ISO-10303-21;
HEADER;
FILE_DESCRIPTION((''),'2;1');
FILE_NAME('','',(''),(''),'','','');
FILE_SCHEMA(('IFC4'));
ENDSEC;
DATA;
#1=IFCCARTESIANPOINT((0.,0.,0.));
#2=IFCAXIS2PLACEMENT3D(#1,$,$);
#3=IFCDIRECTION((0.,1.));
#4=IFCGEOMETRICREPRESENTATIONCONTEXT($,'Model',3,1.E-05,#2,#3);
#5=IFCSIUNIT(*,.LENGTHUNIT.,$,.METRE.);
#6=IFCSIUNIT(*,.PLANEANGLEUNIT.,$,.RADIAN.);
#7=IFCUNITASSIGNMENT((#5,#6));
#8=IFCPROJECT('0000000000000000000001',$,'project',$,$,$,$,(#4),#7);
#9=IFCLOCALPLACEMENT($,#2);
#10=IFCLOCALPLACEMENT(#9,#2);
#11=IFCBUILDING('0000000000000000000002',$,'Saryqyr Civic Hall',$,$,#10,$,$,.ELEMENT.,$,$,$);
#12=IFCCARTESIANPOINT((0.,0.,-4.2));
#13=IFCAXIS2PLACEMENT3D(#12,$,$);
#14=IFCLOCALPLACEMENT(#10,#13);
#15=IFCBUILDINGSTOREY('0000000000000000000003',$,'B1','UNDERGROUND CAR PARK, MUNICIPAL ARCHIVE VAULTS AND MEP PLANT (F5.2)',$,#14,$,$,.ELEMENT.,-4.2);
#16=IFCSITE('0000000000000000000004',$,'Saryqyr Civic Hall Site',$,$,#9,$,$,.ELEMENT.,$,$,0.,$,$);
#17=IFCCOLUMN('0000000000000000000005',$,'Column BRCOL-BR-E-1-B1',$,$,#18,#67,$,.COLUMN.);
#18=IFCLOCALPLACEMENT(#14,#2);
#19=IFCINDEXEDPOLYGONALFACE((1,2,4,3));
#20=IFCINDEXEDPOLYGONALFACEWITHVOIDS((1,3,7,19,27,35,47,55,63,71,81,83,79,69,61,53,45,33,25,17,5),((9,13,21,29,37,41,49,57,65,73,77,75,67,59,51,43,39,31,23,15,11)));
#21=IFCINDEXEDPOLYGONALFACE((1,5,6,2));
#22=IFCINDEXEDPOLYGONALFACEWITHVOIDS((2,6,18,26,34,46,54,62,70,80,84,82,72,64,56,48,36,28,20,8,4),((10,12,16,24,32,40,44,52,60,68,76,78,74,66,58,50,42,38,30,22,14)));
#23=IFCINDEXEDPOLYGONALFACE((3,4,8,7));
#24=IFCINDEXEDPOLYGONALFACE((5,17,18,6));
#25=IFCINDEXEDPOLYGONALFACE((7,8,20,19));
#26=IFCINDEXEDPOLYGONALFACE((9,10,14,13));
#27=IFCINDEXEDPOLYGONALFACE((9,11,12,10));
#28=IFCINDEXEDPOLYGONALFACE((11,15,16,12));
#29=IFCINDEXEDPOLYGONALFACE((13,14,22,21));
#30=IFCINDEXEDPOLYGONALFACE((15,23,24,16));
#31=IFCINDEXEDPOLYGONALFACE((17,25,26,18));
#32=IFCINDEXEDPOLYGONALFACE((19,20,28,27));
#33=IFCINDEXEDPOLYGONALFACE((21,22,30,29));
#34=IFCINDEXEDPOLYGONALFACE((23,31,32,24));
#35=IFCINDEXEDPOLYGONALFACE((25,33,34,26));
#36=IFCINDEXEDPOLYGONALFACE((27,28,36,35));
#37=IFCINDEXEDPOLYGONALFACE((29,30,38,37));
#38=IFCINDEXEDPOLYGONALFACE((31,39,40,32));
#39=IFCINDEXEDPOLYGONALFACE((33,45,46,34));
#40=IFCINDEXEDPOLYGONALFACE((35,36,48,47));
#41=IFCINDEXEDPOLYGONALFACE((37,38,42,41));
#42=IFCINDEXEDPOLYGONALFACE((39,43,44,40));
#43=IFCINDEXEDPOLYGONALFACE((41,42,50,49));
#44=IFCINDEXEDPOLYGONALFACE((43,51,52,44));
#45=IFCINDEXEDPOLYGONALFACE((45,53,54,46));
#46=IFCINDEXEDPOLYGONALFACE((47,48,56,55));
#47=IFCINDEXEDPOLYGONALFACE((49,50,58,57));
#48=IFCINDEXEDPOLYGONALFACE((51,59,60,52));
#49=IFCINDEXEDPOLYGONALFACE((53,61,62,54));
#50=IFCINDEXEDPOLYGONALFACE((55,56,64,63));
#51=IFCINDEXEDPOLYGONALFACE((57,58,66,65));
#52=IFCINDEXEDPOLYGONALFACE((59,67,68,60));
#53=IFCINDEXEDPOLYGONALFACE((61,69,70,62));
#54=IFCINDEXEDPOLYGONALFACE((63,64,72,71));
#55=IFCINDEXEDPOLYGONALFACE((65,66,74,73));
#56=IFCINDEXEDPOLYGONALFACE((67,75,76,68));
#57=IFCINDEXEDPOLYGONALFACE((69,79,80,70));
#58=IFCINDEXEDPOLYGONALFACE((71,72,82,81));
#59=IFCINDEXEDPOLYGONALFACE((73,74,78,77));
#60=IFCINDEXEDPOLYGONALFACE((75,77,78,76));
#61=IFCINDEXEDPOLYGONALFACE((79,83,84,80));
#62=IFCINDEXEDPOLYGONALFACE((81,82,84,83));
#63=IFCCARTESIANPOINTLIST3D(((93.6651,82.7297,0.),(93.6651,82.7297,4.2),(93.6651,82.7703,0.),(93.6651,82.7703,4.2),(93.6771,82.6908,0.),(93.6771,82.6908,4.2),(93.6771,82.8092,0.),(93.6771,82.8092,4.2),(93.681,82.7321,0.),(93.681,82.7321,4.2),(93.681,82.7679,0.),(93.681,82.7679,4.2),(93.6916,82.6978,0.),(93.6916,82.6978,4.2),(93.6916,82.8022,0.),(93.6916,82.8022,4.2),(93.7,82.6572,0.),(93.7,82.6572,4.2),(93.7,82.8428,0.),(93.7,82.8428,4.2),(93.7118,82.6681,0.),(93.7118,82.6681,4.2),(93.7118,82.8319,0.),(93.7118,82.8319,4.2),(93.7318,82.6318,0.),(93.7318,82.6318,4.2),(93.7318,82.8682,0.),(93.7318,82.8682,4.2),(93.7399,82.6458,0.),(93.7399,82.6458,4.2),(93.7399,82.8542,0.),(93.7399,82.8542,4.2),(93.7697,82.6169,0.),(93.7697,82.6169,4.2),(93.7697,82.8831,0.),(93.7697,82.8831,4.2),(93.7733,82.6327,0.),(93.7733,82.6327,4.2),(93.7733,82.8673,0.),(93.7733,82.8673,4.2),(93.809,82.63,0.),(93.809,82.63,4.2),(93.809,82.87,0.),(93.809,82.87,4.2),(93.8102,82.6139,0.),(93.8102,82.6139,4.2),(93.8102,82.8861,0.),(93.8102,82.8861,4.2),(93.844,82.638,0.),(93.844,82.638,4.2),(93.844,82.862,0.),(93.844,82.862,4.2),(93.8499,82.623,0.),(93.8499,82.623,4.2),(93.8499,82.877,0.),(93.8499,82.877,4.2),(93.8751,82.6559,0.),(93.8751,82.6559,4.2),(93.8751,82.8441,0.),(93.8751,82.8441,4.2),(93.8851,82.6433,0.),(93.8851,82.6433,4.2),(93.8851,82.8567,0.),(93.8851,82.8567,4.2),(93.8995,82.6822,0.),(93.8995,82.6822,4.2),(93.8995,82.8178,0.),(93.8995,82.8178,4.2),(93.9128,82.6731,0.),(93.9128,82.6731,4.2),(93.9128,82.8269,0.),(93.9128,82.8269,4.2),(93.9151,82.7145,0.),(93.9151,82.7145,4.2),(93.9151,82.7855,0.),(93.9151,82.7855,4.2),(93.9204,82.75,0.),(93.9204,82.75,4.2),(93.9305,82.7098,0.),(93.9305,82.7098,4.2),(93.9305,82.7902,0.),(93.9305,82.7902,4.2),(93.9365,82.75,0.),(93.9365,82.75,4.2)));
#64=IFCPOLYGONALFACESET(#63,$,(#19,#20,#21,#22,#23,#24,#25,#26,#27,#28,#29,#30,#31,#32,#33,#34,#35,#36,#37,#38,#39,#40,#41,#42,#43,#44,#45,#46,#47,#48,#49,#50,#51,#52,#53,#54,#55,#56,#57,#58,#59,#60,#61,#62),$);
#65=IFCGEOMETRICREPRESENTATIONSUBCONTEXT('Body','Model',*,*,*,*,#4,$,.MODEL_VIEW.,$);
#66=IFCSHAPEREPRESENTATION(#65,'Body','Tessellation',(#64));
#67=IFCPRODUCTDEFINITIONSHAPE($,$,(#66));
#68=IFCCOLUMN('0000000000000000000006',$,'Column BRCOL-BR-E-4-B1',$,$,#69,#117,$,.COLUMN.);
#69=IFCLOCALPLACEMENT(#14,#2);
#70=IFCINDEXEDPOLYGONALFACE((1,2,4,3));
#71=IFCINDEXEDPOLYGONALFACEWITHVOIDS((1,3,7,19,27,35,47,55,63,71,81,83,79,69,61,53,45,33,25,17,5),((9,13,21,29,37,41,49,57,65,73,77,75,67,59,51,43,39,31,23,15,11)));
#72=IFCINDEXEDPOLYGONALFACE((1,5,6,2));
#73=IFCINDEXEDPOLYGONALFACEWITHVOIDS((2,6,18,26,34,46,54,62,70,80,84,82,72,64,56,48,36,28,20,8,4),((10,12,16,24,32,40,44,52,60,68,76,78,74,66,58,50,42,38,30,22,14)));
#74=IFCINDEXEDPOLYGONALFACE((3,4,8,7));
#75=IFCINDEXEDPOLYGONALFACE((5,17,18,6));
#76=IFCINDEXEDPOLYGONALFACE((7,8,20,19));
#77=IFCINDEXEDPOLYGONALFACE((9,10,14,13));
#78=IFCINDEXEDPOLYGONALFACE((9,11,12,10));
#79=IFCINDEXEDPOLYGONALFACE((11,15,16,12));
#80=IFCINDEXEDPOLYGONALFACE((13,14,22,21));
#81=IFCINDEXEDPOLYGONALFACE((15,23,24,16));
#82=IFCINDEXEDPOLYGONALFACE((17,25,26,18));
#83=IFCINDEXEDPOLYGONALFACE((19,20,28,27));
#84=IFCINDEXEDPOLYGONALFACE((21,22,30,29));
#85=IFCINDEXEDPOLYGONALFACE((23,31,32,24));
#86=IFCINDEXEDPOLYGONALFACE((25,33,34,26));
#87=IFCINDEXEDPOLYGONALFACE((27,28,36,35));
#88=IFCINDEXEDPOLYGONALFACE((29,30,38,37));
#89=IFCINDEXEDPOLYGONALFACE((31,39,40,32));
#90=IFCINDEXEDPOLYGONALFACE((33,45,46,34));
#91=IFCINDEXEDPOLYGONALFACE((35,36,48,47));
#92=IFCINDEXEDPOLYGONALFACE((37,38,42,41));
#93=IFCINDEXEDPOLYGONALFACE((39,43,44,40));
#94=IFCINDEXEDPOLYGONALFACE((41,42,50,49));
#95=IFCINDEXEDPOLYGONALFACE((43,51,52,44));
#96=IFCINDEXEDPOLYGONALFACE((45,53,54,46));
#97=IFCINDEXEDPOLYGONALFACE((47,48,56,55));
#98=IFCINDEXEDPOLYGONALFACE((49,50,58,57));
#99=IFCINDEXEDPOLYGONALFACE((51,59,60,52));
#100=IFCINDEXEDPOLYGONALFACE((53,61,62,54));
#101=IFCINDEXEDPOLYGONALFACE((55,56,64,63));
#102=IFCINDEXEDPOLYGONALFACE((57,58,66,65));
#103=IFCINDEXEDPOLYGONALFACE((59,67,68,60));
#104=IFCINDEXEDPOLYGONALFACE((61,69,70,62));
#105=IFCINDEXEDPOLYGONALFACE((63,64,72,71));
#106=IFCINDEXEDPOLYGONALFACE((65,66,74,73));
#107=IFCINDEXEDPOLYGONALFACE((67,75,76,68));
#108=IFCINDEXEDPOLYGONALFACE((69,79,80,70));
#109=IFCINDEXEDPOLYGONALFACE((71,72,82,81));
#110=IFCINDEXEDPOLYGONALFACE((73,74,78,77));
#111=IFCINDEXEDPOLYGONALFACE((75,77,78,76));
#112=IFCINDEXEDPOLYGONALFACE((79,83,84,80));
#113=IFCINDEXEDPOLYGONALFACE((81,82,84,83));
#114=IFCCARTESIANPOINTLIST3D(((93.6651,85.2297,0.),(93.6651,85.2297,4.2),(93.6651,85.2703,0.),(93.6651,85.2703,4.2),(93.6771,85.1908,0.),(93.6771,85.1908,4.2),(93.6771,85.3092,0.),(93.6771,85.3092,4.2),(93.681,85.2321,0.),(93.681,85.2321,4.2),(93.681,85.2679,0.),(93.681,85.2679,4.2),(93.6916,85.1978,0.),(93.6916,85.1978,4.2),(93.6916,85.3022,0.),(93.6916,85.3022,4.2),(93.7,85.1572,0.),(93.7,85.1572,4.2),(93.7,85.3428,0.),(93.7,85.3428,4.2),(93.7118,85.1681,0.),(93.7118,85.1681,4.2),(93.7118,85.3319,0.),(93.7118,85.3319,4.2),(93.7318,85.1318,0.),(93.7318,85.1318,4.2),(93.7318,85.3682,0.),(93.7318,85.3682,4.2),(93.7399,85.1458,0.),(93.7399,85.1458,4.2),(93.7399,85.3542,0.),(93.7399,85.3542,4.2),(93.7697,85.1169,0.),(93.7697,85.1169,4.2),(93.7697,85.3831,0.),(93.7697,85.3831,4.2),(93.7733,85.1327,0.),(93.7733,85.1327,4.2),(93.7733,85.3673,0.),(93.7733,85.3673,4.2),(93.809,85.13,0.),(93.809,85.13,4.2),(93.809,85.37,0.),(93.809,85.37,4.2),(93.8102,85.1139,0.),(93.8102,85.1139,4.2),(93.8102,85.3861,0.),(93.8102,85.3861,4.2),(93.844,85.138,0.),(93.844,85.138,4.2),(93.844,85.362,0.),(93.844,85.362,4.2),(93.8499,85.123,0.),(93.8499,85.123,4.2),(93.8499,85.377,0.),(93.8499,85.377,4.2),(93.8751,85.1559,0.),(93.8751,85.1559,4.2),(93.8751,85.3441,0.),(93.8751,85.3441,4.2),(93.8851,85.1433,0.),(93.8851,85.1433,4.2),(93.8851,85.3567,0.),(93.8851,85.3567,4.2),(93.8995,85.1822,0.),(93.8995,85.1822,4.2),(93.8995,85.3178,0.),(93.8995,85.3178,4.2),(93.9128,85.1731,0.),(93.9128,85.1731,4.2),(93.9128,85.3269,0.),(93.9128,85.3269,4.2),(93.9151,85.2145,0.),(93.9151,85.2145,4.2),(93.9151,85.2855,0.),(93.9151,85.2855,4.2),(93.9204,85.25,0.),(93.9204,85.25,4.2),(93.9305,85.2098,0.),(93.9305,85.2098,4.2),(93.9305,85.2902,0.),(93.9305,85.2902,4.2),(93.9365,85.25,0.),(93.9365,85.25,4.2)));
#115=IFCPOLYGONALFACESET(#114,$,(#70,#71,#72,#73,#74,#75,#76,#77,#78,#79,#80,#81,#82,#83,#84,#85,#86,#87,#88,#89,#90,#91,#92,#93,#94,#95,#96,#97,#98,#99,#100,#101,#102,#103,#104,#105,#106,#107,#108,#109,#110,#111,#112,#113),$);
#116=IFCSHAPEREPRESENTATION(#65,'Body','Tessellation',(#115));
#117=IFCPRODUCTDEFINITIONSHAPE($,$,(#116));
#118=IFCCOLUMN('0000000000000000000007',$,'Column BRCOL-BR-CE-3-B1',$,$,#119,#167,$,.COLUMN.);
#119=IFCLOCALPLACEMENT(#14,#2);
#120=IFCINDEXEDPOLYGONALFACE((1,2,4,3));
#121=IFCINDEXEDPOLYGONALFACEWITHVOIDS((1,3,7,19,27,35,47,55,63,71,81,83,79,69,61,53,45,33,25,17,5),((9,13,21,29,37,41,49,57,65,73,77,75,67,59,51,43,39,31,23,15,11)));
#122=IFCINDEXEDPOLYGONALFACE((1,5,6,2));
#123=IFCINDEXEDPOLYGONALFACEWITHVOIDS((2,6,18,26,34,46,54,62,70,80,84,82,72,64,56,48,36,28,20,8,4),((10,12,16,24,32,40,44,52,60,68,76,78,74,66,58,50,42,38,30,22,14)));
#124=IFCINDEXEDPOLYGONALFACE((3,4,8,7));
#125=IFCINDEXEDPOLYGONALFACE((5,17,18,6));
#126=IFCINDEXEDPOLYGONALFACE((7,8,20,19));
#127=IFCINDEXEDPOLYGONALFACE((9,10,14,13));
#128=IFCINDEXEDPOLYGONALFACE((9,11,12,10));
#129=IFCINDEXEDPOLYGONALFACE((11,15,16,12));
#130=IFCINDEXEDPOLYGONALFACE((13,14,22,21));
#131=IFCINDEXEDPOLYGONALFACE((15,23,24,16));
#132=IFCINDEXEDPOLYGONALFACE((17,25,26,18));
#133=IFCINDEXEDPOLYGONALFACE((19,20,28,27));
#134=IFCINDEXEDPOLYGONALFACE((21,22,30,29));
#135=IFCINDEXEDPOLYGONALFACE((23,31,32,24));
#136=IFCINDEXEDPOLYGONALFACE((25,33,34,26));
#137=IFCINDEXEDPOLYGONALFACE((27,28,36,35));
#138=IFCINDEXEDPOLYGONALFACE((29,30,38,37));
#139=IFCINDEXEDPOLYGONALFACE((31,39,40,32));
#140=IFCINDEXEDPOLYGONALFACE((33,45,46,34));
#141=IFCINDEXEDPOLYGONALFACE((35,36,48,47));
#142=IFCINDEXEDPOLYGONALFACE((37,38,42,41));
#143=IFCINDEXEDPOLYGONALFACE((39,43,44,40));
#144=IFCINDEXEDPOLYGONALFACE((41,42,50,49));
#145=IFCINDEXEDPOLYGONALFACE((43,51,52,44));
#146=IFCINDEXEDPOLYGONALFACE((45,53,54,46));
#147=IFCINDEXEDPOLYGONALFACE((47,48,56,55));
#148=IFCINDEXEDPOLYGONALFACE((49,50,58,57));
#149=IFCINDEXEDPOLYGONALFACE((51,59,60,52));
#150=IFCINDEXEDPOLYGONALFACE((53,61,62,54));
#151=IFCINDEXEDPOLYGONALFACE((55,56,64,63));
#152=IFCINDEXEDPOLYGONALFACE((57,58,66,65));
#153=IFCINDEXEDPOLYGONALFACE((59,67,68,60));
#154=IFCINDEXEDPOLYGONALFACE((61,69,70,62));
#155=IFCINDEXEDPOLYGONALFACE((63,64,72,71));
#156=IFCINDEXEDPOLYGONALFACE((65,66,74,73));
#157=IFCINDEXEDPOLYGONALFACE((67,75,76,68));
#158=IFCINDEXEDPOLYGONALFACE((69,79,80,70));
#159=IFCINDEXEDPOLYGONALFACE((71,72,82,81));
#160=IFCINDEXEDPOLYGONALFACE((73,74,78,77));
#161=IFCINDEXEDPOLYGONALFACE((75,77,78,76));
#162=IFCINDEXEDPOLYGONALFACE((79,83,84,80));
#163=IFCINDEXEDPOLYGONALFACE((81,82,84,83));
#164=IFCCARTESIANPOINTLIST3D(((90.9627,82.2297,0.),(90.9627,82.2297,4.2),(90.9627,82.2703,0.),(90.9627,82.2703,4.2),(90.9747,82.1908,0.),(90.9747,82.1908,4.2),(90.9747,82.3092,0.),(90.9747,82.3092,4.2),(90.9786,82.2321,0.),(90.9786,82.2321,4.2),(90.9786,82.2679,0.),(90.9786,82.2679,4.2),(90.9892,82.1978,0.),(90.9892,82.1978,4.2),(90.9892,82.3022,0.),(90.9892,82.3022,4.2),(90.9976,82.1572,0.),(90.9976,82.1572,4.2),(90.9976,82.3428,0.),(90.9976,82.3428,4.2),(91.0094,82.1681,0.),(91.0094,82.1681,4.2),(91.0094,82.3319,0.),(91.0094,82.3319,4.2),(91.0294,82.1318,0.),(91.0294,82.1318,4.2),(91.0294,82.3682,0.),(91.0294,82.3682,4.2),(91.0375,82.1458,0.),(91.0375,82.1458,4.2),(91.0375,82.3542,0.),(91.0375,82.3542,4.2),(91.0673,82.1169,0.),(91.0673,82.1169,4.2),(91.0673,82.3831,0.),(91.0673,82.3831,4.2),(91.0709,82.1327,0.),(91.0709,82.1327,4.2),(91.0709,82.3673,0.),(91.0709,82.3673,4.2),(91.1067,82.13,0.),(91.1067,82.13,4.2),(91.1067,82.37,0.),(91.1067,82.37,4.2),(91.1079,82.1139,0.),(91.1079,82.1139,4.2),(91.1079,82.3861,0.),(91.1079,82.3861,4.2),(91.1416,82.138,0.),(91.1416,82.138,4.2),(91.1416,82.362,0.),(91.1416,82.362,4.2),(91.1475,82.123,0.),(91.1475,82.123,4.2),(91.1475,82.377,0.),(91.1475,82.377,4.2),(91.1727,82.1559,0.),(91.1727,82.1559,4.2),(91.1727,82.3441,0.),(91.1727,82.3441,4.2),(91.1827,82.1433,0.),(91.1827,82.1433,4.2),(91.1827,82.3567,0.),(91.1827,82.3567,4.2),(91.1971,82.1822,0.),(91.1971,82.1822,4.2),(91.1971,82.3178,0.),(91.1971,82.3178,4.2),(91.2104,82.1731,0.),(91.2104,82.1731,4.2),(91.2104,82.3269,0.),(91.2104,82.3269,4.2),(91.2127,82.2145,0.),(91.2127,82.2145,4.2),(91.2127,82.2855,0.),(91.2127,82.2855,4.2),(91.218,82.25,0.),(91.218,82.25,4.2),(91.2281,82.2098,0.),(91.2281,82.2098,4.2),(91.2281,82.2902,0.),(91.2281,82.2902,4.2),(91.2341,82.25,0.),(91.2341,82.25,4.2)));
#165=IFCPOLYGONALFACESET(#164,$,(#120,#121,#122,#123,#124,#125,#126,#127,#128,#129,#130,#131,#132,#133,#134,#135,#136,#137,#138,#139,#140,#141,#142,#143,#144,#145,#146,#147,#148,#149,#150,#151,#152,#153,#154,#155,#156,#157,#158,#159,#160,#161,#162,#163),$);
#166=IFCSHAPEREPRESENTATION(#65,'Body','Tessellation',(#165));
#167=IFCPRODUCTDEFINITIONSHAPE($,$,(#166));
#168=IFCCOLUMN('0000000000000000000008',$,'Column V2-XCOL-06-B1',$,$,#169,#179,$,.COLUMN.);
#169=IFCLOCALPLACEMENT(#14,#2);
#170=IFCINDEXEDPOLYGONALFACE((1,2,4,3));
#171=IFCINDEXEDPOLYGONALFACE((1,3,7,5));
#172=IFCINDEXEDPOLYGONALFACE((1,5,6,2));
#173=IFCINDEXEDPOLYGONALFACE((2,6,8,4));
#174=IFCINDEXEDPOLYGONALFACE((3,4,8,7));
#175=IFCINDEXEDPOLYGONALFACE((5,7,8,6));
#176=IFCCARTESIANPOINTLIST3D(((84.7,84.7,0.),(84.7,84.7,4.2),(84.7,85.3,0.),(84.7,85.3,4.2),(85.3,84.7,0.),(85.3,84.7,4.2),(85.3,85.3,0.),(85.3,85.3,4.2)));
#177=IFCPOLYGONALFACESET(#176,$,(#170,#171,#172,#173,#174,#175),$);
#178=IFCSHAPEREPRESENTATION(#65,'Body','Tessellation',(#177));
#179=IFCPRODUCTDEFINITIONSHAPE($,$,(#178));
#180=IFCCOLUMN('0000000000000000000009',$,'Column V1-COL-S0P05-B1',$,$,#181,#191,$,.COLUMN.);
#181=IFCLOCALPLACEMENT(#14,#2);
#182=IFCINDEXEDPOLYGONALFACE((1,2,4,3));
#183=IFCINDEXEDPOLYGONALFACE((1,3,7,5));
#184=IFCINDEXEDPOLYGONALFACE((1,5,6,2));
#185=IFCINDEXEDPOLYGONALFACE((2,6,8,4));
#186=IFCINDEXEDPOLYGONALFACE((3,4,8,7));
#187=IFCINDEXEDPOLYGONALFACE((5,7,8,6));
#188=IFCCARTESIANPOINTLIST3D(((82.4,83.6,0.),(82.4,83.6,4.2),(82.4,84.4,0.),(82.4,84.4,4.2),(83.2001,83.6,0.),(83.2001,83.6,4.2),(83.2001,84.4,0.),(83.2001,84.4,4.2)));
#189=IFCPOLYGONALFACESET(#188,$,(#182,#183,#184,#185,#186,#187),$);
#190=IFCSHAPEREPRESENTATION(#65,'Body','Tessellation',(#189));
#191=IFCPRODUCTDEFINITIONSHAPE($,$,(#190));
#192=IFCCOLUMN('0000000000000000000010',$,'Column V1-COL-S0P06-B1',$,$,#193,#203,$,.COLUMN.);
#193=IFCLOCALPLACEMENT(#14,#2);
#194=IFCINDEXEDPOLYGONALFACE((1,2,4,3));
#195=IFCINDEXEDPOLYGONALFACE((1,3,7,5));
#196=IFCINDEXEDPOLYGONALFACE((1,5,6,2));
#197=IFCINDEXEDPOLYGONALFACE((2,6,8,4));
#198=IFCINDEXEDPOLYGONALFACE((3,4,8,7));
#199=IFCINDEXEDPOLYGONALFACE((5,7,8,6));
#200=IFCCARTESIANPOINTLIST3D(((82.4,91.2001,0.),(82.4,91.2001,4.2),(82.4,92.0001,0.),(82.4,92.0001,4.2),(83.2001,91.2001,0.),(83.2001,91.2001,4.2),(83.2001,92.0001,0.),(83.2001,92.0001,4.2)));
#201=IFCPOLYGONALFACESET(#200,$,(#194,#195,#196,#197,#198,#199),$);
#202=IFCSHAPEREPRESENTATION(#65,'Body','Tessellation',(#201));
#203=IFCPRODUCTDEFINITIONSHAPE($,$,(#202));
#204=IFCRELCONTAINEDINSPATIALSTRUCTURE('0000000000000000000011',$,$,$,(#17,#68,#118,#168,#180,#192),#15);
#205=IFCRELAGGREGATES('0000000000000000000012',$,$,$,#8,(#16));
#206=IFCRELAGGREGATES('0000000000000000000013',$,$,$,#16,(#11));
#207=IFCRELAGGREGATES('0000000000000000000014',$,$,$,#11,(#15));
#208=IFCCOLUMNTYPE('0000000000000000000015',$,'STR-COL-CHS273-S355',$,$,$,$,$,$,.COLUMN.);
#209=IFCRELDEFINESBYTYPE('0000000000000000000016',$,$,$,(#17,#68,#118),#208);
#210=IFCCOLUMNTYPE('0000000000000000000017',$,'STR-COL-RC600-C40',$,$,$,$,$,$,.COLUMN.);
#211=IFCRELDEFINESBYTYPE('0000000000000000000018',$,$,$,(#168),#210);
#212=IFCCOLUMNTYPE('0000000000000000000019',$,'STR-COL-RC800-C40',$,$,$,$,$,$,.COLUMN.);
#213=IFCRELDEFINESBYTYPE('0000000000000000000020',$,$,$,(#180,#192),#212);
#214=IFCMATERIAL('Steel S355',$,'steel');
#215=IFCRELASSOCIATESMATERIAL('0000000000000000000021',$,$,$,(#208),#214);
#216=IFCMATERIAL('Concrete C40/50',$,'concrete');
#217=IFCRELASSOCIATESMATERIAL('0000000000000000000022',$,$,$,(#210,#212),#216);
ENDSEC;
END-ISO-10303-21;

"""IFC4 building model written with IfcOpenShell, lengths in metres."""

from ifc_helpers import new_model, si_unit, direction, frame, origin, origin_2d, place, context, subcontext, project, spatial, rectangle, hollow_circle, extrude, material, material_profile, profile_set, type_object, element, save


model = new_model("IFC4")

# Units and contexts
model_context = context("Model", 3, precision=1e-05, world=origin(), true_north=direction((0.0, 1.0)))
body_context = subcontext(model_context, "Body", "Model", "MODEL_VIEW")
ifc_project = project(units=[si_unit("LENGTHUNIT", "METRE"), si_unit("PLANEANGLEUNIT", "RADIAN")], contexts=[model_context])

# Site, building, storey
site_placement = place(None, origin())
site = spatial("IfcSite", under=ifc_project, at=site_placement, Name="Saryqyr Civic Hall Site", CompositionType="ELEMENT", RefElevation=0.0)
building_placement = place(site_placement, origin())
building = spatial("IfcBuilding", under=site, at=building_placement, Name="Saryqyr Civic Hall", CompositionType="ELEMENT")
storey_placement = place(building_placement, frame((0.0, 0.0, -4.2)))
storey = spatial("IfcBuildingStorey", under=building, at=storey_placement, Name="B1", Description="UNDERGROUND CAR PARK, MUNICIPAL ARCHIVE VAULTS AND MEP PLANT (F5.2)", CompositionType="ELEMENT", Elevation=-4.2)

# Columns
ifc_material_1 = material(Name="Steel S355", Category="steel")
ifc_material_profile_1 = material_profile(ifc_material_1, hollow_circle(Radius=0.1365, WallThickness=0.0161, at=origin_2d()), Name="CHS 273x16")
ifc_profile_set_1 = profile_set([ifc_material_profile_1], Name="Steel S355")
column_type_1 = type_object("IfcColumnType", Name="STR-COL-CHS273-S355", PredefinedType="COLUMN", material=ifc_profile_set_1)
for number, where, z_axis, x_axis, name in (
    (1, (93.8, 82.75, 0.0), (0.0, 0.0, 1.0), (1.0, 0.0, 0.0), "Column BRCOL-BR-E-1-B1"),
    (2, (93.8, 85.25, 0.0), (0.0, 0.0, 1.0), (1.0, 0.0, 0.0), "Column BRCOL-BR-E-4-B1"),
    (3, (91.0977, 82.25, 0.0), (0.0, 0.0, 1.0), (1.0, 0.0, 0.0), "Column BRCOL-BR-CE-3-B1"),
):
    element("IfcColumn", number, at=place(storey_placement, frame(where, z_axis=z_axis, x_axis=x_axis)), inside=storey, type_object=column_type_1, Name=name, PredefinedType="COLUMN", context=body_context, shape_type="SweptSolid", body=[
        extrude(hollow_circle(Radius=0.1365, WallThickness=0.0161, at=origin_2d()), origin(), (0.0, 0.0, 1.0), 4.2),
    ])
ifc_material_2 = material(Name="Concrete C40/50", Category="concrete")
ifc_material_profile_2 = material_profile(ifc_material_2, rectangle(XDim=0.6001, YDim=0.6001, at=origin_2d()), Name="RC 600x600")
ifc_profile_set_2 = profile_set([ifc_material_profile_2], Name="Concrete C40/50")
column_type_2 = type_object("IfcColumnType", Name="STR-COL-RC600-C40", PredefinedType="COLUMN", material=ifc_profile_set_2)
column_placement = place(storey_placement, frame((85.0, 85.0, 0.0), z_axis=(0.0, 0.0, 1.0), x_axis=(1.0, 0.0, 0.0)))
element("IfcColumn", 4, at=column_placement, inside=storey, type_object=column_type_2, Name="Column V2-XCOL-06-B1", PredefinedType="COLUMN", context=body_context, shape_type="SweptSolid", body=[
    extrude(rectangle(XDim=0.6001, YDim=0.6001, at=origin_2d()), origin(), (0.0, 0.0, 1.0), 4.2),
])
ifc_material_profile_3 = material_profile(ifc_material_2, rectangle(XDim=0.8, YDim=0.8, at=origin_2d()), Name="RC 800x800")
ifc_profile_set_3 = profile_set([ifc_material_profile_3], Name="Concrete C40/50")
column_type_3 = type_object("IfcColumnType", Name="STR-COL-RC800-C40", PredefinedType="COLUMN", material=ifc_profile_set_3)
for number, where, z_axis, x_axis, name in (
    (5, (82.8, 84.0, 0.0), (0.0, 0.0, 1.0), (1.0, 0.0, 0.0), "Column V1-COL-S0P05-B1"),
    (6, (82.8, 91.6001, 0.0), (0.0, 0.0, 1.0), (1.0, 0.0, 0.0), "Column V1-COL-S0P06-B1"),
):
    element("IfcColumn", number, at=place(storey_placement, frame(where, z_axis=z_axis, x_axis=x_axis)), inside=storey, type_object=column_type_3, Name=name, PredefinedType="COLUMN", context=body_context, shape_type="SweptSolid", body=[
        extrude(rectangle(XDim=0.8, YDim=0.8, at=origin_2d()), origin(), (0.0, 0.0, 1.0), 4.2),
    ])

save(model, "model.ifc")
